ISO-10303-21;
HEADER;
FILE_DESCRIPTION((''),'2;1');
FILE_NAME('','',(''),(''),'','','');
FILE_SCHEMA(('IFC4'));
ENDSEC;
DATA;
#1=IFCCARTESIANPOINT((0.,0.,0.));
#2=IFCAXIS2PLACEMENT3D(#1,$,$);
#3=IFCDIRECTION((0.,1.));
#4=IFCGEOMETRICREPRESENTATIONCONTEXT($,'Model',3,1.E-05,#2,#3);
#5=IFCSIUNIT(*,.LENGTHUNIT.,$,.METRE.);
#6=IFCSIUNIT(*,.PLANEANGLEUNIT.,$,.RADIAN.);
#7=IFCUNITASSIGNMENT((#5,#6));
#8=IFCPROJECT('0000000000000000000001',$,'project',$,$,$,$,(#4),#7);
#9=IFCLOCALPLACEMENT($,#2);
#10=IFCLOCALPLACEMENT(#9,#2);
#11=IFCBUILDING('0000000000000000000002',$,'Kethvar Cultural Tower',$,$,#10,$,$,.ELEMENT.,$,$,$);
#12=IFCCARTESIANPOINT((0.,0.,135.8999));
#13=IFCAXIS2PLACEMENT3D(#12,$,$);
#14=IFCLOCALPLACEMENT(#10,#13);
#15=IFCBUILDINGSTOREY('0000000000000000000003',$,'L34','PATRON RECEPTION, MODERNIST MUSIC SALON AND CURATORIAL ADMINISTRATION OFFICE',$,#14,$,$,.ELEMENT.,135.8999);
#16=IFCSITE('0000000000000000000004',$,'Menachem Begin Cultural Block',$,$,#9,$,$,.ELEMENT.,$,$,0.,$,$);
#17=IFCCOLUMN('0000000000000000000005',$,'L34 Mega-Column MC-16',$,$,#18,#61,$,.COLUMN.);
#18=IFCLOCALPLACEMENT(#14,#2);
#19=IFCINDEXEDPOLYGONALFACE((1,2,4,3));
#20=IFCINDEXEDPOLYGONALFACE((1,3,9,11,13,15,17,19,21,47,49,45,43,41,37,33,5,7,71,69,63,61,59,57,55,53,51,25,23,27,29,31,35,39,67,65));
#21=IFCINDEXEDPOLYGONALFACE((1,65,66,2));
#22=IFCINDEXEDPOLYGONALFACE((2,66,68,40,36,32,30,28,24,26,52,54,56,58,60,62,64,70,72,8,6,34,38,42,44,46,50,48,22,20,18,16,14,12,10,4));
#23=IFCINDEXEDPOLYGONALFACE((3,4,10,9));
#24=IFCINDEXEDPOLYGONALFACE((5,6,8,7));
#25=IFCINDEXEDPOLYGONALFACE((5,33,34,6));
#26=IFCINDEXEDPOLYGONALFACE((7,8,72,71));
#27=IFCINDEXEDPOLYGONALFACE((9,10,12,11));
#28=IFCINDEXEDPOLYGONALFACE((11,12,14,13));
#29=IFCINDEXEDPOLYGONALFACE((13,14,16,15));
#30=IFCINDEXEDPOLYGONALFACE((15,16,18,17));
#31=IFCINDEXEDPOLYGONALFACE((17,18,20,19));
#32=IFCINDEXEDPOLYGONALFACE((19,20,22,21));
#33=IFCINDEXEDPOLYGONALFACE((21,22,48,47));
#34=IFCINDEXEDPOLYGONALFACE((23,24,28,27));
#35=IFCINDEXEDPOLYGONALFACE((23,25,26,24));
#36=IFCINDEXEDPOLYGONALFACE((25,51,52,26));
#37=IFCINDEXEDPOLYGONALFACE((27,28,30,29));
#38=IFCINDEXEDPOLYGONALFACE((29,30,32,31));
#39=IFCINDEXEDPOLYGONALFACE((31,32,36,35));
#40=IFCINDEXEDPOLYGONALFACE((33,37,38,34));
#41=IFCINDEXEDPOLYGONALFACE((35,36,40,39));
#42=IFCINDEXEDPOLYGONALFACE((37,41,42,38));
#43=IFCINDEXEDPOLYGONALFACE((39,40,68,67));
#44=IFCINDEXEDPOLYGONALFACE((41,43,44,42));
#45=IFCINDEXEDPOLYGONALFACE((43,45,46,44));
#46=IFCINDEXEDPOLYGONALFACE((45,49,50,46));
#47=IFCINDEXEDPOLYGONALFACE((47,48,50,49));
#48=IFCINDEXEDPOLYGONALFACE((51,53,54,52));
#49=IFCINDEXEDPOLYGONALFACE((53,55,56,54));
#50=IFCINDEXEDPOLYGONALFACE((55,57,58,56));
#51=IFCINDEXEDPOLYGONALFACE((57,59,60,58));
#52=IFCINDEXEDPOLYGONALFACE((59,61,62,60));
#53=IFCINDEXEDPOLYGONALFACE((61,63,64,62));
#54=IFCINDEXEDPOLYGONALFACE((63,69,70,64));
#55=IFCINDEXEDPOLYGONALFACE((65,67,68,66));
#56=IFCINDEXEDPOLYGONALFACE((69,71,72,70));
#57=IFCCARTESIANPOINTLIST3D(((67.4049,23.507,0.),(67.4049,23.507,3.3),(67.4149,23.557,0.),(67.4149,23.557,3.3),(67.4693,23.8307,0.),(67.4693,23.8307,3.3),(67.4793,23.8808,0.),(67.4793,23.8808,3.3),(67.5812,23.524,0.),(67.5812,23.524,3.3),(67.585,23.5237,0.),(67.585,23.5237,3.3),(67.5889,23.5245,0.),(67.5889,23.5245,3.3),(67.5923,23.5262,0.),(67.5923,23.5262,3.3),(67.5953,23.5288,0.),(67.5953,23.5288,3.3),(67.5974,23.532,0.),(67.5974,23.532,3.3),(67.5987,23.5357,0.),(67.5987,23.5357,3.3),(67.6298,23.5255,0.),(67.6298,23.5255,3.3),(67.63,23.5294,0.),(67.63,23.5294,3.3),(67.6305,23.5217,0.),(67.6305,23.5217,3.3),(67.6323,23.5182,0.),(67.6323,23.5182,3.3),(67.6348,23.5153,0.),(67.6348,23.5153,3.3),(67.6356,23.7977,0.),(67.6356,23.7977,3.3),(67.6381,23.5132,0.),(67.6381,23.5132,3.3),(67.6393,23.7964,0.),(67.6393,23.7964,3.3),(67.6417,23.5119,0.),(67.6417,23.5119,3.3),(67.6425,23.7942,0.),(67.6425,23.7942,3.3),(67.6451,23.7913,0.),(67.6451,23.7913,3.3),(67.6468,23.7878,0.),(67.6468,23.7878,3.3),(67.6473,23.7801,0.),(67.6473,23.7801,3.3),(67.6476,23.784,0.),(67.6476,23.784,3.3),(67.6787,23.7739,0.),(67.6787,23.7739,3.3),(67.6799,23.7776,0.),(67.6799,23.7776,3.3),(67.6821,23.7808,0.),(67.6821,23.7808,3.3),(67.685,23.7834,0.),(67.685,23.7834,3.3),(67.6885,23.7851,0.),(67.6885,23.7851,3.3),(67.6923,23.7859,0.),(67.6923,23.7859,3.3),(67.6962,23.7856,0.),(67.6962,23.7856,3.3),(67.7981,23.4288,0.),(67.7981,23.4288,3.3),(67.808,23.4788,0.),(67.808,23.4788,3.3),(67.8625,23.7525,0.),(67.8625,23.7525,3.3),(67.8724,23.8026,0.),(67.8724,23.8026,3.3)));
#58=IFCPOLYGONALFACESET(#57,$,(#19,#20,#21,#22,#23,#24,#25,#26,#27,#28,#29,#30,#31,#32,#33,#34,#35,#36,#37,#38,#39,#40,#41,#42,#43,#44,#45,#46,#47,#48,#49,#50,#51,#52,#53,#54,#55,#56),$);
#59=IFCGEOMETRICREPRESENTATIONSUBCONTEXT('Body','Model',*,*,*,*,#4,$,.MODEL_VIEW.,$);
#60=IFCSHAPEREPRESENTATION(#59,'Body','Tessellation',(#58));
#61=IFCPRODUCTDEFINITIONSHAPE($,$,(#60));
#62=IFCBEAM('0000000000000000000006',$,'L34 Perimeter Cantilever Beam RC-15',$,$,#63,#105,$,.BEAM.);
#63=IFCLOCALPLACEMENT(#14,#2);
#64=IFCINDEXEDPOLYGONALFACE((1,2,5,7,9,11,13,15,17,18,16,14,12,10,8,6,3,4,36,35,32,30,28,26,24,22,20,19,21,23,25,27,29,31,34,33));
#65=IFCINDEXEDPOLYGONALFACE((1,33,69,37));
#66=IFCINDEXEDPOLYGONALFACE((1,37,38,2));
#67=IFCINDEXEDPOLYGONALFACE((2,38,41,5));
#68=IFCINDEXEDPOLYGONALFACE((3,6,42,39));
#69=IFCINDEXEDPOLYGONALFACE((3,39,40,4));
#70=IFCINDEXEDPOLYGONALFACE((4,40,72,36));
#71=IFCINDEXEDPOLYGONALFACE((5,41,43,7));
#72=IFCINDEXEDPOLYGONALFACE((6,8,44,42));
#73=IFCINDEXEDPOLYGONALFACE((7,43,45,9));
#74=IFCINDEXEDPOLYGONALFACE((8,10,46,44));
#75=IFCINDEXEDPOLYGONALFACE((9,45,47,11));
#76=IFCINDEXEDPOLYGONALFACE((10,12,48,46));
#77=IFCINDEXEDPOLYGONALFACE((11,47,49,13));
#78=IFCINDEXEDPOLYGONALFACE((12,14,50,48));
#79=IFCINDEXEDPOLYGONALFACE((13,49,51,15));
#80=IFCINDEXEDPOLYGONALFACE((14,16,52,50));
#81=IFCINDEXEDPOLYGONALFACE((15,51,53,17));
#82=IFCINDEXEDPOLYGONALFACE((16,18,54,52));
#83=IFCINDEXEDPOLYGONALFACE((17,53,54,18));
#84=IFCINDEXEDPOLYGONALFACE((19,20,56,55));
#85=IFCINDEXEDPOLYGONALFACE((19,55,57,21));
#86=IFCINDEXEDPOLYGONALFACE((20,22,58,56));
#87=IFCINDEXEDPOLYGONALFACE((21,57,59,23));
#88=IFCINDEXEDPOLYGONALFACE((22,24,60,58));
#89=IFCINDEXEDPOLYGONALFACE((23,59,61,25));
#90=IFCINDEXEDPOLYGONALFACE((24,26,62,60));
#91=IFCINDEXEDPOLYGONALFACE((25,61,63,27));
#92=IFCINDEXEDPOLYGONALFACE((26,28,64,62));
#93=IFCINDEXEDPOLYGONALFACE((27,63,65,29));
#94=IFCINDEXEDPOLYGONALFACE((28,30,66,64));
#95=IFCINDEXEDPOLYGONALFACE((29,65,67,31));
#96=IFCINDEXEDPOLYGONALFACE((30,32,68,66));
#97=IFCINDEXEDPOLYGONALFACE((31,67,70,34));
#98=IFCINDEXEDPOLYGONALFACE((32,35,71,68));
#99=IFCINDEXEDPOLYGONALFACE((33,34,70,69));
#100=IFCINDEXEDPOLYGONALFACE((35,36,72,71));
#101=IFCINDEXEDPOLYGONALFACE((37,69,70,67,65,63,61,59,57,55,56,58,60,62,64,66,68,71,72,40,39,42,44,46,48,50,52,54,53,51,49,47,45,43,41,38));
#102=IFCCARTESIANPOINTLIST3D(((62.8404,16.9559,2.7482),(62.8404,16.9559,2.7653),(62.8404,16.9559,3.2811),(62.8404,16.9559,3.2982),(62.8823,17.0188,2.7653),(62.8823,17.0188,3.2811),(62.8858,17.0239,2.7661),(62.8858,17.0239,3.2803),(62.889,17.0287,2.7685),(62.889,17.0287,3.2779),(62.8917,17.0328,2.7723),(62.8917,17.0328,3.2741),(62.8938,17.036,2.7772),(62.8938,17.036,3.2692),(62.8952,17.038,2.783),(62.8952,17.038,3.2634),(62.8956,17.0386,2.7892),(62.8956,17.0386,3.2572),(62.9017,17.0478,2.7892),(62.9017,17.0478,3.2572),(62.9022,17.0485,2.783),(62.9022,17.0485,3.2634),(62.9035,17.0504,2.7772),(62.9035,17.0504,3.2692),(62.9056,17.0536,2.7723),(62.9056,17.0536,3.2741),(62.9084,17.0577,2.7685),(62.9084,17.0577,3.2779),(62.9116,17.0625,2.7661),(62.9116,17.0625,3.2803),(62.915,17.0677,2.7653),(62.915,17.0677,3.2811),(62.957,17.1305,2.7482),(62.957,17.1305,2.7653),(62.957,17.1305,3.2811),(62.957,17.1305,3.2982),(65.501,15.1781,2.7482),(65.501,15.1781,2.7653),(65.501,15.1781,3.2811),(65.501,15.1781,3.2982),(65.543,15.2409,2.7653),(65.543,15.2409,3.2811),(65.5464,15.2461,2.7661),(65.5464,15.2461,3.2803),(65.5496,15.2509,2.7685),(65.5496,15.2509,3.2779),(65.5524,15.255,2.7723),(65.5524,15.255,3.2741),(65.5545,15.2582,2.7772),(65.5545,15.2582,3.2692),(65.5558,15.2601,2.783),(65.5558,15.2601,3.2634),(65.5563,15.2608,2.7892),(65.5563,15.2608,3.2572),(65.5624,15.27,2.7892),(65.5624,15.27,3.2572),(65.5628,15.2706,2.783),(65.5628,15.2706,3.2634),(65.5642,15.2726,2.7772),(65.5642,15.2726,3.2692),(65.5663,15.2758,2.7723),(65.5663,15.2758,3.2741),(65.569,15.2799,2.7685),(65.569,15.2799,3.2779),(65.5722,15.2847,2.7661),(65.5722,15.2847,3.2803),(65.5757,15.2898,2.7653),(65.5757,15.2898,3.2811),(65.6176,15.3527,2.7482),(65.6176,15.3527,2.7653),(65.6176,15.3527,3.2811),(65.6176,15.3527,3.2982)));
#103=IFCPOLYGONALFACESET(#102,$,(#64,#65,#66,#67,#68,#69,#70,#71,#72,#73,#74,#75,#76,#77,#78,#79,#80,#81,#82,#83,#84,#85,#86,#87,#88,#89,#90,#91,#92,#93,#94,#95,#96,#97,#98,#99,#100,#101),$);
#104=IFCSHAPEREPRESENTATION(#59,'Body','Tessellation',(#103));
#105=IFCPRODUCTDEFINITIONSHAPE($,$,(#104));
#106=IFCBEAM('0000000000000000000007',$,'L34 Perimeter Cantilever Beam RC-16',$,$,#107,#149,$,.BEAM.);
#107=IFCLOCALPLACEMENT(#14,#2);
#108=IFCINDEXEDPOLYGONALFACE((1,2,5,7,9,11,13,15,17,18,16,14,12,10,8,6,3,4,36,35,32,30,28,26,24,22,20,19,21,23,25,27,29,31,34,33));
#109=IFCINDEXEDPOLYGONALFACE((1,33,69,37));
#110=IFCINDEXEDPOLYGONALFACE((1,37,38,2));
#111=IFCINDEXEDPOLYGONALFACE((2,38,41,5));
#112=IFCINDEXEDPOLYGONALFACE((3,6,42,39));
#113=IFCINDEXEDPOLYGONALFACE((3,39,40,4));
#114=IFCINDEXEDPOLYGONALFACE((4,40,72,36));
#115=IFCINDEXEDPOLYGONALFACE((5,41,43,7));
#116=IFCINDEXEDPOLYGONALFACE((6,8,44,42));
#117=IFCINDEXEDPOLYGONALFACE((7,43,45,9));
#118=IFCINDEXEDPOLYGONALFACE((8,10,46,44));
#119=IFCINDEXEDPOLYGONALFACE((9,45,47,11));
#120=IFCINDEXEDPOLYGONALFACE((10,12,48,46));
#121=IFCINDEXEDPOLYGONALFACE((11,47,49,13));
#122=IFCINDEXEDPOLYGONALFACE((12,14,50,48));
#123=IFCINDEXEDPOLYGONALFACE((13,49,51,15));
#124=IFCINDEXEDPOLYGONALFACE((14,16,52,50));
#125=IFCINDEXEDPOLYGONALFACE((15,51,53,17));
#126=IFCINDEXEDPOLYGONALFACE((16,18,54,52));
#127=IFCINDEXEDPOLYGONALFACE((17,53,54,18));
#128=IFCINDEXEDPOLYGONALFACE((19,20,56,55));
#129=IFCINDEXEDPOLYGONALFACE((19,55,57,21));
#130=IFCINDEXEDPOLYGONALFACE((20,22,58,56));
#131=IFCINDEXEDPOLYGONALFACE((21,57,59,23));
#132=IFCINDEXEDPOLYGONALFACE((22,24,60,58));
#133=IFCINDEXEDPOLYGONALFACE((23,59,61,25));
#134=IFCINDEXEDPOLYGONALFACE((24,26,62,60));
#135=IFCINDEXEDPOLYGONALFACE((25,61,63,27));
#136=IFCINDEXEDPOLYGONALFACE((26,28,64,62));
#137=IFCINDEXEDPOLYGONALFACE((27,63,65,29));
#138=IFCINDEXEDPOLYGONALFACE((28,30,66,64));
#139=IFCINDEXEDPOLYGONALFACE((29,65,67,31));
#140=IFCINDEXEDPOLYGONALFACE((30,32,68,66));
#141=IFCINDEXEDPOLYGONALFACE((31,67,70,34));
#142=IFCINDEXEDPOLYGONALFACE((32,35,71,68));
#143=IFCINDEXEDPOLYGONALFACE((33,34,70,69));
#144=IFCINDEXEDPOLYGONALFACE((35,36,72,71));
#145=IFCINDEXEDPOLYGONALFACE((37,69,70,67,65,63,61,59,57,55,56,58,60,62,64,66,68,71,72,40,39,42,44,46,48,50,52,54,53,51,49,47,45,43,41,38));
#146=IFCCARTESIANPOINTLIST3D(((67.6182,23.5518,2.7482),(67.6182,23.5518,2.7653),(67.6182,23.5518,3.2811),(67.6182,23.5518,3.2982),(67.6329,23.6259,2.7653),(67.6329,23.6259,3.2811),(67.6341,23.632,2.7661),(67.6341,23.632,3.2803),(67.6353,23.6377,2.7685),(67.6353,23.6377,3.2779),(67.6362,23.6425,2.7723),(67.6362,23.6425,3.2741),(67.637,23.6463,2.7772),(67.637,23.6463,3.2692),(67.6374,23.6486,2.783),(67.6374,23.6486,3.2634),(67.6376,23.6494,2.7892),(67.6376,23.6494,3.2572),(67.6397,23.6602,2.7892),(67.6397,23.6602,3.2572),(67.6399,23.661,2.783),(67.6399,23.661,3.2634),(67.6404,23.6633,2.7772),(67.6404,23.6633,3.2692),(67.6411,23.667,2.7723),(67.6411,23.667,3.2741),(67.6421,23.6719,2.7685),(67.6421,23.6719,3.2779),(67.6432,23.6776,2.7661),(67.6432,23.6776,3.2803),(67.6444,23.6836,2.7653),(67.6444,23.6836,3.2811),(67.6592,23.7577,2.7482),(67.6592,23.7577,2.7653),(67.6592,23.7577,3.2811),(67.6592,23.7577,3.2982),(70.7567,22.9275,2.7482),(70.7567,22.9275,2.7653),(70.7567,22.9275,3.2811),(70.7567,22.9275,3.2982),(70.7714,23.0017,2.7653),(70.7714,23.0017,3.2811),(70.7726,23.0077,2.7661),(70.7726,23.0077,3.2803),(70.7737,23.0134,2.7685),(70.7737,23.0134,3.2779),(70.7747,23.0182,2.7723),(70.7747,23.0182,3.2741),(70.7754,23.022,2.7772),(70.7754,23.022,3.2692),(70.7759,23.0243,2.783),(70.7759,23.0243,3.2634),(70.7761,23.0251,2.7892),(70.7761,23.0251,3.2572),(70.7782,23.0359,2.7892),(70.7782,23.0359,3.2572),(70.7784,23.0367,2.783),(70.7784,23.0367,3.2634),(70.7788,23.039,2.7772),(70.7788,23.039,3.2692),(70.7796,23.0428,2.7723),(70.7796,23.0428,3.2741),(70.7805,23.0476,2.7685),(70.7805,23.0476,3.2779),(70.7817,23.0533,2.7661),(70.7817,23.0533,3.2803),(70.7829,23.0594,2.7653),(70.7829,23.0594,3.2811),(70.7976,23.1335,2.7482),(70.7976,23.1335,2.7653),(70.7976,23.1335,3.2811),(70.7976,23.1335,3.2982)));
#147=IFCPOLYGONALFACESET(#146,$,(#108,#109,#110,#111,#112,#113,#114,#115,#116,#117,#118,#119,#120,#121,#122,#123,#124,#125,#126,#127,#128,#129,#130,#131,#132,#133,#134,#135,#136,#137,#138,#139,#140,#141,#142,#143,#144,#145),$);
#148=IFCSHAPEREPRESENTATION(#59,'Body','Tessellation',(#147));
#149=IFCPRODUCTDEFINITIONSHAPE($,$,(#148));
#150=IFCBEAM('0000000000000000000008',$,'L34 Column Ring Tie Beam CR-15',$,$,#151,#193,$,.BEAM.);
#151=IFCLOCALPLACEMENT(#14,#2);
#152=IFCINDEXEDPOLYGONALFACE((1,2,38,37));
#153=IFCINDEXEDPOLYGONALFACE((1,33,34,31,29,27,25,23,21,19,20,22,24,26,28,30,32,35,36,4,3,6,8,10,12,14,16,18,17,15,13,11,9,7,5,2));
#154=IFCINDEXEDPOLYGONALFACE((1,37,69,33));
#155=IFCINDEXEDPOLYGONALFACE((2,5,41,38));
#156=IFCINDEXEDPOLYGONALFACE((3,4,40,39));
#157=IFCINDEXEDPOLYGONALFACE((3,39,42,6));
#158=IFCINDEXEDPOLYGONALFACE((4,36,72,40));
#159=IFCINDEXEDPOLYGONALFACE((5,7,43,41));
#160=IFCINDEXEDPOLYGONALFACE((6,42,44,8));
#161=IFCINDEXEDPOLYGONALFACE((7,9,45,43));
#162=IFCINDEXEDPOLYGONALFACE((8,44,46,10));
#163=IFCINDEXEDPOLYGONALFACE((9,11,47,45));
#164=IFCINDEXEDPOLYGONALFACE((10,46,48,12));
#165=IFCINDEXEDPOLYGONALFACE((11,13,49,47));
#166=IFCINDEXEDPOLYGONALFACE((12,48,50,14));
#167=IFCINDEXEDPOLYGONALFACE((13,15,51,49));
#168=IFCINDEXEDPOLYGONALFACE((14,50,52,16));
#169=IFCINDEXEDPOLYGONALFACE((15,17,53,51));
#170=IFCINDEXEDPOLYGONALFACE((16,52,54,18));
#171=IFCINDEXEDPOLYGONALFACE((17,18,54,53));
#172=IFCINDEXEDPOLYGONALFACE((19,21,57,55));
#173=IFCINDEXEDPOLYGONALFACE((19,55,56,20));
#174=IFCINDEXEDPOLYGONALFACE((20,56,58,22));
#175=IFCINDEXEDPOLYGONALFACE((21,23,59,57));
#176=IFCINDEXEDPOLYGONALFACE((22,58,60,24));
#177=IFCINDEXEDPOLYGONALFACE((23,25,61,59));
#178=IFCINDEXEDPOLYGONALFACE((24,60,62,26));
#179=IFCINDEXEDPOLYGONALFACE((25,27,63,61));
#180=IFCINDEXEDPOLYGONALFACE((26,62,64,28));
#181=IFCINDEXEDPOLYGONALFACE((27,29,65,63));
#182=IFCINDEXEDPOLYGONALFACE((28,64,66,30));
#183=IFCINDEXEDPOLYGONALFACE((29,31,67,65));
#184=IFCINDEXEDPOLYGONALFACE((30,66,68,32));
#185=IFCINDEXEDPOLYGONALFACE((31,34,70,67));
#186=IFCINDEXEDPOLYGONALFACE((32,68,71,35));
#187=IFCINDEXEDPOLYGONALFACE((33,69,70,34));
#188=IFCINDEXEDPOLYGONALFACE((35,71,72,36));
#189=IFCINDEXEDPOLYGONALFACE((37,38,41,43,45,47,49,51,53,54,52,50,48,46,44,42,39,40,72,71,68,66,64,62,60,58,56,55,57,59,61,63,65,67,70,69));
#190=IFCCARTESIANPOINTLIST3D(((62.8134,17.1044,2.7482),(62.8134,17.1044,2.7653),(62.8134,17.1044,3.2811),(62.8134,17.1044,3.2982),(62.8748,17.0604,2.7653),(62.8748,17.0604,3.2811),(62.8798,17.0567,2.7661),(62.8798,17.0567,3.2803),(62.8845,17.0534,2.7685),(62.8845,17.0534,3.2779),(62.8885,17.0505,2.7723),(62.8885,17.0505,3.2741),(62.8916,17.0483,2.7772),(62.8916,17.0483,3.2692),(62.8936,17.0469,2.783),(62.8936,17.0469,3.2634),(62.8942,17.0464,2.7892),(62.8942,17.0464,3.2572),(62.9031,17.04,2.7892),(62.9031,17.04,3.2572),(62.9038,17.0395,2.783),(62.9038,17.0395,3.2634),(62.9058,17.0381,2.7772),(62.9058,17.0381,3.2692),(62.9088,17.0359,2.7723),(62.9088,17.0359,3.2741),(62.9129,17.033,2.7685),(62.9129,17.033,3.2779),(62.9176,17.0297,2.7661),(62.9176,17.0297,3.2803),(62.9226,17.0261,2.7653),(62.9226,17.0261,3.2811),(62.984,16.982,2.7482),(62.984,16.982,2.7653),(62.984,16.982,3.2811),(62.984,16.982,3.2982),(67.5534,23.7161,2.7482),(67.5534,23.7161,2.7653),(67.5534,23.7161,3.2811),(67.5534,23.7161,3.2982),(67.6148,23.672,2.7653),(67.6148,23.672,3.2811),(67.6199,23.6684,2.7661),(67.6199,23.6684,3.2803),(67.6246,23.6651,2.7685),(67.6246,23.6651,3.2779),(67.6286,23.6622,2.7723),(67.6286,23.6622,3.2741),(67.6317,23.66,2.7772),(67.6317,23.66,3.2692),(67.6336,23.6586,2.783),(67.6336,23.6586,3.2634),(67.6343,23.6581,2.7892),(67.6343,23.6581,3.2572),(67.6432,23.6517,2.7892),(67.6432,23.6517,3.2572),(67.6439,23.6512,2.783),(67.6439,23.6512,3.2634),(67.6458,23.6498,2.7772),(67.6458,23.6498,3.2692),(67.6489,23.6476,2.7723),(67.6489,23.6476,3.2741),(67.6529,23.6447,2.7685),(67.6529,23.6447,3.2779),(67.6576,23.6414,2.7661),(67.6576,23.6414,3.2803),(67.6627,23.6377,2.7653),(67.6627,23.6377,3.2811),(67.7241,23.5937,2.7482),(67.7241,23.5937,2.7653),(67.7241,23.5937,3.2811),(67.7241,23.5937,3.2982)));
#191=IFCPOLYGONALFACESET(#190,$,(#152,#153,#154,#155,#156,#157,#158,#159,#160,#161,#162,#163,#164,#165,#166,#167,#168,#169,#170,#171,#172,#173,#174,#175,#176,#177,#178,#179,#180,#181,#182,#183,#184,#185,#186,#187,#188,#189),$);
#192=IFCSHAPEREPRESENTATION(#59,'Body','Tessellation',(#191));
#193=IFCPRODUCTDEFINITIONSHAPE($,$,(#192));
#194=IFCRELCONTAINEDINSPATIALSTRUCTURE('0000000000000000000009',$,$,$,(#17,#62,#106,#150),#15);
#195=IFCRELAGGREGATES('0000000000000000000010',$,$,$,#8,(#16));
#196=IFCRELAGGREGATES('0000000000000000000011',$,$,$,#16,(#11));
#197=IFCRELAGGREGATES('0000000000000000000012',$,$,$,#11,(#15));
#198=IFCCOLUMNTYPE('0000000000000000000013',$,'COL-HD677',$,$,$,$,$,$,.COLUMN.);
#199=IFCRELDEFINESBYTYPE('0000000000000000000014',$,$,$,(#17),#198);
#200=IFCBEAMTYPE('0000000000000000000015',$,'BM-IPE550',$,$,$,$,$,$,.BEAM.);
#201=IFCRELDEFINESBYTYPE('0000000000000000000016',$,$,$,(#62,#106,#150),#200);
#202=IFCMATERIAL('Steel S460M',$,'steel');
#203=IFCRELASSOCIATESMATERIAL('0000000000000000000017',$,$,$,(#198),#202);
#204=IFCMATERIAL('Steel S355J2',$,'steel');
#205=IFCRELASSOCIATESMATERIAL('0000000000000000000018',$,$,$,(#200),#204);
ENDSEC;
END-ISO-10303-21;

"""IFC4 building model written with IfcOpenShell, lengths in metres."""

from ifc_helpers import new_model, si_unit, direction, frame, origin, origin_2d, place, context, subcontext, project, spatial, i_section, extrude, source, transform, mapped, material, material_profile, profile_set, type_object, element, save


model = new_model("IFC4")

# Units and contexts
model_context = context("Model", 3, precision=1e-05, world=origin(), true_north=direction((0.0, 1.0)))
body_context = subcontext(model_context, "Body", "Model", "MODEL_VIEW")
ifc_project = project(units=[si_unit("LENGTHUNIT", "METRE"), si_unit("PLANEANGLEUNIT", "RADIAN")], contexts=[model_context])

# Site, building, storey
site_placement = place(None, origin())
site = spatial("IfcSite", under=ifc_project, at=site_placement, Name="Menachem Begin Cultural Block", CompositionType="ELEMENT", RefElevation=0.0)
building_placement = place(site_placement, origin())
building = spatial("IfcBuilding", under=site, at=building_placement, Name="Kethvar Cultural Tower", CompositionType="ELEMENT")
storey_placement = place(building_placement, frame((0.0, 0.0, 135.8999)))
storey = spatial("IfcBuildingStorey", under=building, at=storey_placement, Name="L34", Description="PATRON RECEPTION, MODERNIST MUSIC SALON AND CURATORIAL ADMINISTRATION OFFICE", CompositionType="ELEMENT", Elevation=135.8999)

# Column
ifc_material_1 = material(Name="Steel S460M", Category="steel")
ifc_material_profile_1 = material_profile(ifc_material_1, i_section(OverallWidth=0.4009, OverallDepth=0.3811, WebThickness=0.032, FlangeThickness=0.051, FilletRadius=0.0149, at=origin_2d()), Name="Steel S460M — HD400x677")
ifc_profile_set_1 = profile_set([ifc_material_profile_1], Name="Steel S460M — HD400x677")
column_type = type_object("IfcColumnType", Name="COL-HD677", PredefinedType="COLUMN", material=ifc_profile_set_1)
shared_shape_1 = source(origin(), body_context, "Body", "SweptSolid", [
    extrude(i_section(OverallWidth=0.4009, OverallDepth=0.3811, WebThickness=0.032, FlangeThickness=0.051, FilletRadius=0.0149, at=origin_2d()), origin(), (0.0, 0.0, 1.0), 3.3),
])
column_placement = place(storey_placement, frame((67.6387, 23.6548, 0.0), z_axis=(0.0, 0.0, 1.0), x_axis=(0.980785, -0.19509, 0.0)))
element("IfcColumn", 1, at=column_placement, inside=storey, type_object=column_type, Name="L34 Mega-Column MC-16", PredefinedType="COLUMN", context=body_context, shape_type="MappedRepresentation", body=[
    mapped(shared_shape_1, transform((0.0, 0.0, 0.0), scale=1.0)),
])

# Beams
ifc_material_2 = material(Name="Steel S355J2", Category="steel")
ifc_material_profile_2 = material_profile(ifc_material_2, i_section(OverallWidth=0.21, OverallDepth=0.55, WebThickness=0.011, FlangeThickness=0.0171, FilletRadius=0.0239, at=origin_2d()), Name="Steel S355J2 — IPE550")
ifc_profile_set_2 = profile_set([ifc_material_profile_2], Name="Steel S355J2 — IPE550")
beam_type_1 = type_object("IfcBeamType", Name="BM-IPE550", PredefinedType="BEAM", material=ifc_profile_set_2)
shared_shape_2 = source(origin(), body_context, "Body", "SweptSolid", [
    extrude(i_section(OverallWidth=0.21, OverallDepth=0.55, WebThickness=0.011, FlangeThickness=0.0171, FilletRadius=0.0239, at=origin_2d()), origin(), (0.0, 0.0, 1.0), 3.2),
])
for number, where, z_axis, x_axis, name in (
    (2, (62.8987, 17.0432, 3.0232), (0.831463, -0.55558, 0.0), (0.55558, 0.831463, 0.0), "L34 Perimeter Cantilever Beam RC-15"),
    (3, (67.6387, 23.6548, 3.0232), (0.980786, -0.195089, 0.0), (0.195089, 0.980786, 0.0), "L34 Perimeter Cantilever Beam RC-16"),
):
    element("IfcBeam", number, at=place(storey_placement, frame(where, z_axis=z_axis, x_axis=x_axis)), inside=storey, type_object=beam_type_1, Name=name, PredefinedType="BEAM", context=body_context, shape_type="MappedRepresentation", body=[
        mapped(shared_shape_2, transform((0.0, 0.0, 0.0), scale=1.0)),
    ])
shared_shape_3 = source(origin(), body_context, "Body", "SweptSolid", [
    extrude(i_section(OverallWidth=0.21, OverallDepth=0.55, WebThickness=0.011, FlangeThickness=0.0171, FilletRadius=0.0239, at=origin_2d()), origin(), (0.0, 0.0, 1.0), 8.1353),
])
beam_1_placement = place(storey_placement, frame((62.8987, 17.0432, 3.0232), z_axis=(0.582657, 0.812718, 0.0), x_axis=(-0.812718, 0.582657, 0.0)))
element("IfcBeam", 4, at=beam_1_placement, inside=storey, type_object=beam_type_1, Name="L34 Column Ring Tie Beam CR-15", PredefinedType="BEAM", context=body_context, shape_type="MappedRepresentation", body=[
    mapped(shared_shape_3, transform((0.0, 0.0, 0.0), scale=1.0)),
])

save(model, "model.ifc")
